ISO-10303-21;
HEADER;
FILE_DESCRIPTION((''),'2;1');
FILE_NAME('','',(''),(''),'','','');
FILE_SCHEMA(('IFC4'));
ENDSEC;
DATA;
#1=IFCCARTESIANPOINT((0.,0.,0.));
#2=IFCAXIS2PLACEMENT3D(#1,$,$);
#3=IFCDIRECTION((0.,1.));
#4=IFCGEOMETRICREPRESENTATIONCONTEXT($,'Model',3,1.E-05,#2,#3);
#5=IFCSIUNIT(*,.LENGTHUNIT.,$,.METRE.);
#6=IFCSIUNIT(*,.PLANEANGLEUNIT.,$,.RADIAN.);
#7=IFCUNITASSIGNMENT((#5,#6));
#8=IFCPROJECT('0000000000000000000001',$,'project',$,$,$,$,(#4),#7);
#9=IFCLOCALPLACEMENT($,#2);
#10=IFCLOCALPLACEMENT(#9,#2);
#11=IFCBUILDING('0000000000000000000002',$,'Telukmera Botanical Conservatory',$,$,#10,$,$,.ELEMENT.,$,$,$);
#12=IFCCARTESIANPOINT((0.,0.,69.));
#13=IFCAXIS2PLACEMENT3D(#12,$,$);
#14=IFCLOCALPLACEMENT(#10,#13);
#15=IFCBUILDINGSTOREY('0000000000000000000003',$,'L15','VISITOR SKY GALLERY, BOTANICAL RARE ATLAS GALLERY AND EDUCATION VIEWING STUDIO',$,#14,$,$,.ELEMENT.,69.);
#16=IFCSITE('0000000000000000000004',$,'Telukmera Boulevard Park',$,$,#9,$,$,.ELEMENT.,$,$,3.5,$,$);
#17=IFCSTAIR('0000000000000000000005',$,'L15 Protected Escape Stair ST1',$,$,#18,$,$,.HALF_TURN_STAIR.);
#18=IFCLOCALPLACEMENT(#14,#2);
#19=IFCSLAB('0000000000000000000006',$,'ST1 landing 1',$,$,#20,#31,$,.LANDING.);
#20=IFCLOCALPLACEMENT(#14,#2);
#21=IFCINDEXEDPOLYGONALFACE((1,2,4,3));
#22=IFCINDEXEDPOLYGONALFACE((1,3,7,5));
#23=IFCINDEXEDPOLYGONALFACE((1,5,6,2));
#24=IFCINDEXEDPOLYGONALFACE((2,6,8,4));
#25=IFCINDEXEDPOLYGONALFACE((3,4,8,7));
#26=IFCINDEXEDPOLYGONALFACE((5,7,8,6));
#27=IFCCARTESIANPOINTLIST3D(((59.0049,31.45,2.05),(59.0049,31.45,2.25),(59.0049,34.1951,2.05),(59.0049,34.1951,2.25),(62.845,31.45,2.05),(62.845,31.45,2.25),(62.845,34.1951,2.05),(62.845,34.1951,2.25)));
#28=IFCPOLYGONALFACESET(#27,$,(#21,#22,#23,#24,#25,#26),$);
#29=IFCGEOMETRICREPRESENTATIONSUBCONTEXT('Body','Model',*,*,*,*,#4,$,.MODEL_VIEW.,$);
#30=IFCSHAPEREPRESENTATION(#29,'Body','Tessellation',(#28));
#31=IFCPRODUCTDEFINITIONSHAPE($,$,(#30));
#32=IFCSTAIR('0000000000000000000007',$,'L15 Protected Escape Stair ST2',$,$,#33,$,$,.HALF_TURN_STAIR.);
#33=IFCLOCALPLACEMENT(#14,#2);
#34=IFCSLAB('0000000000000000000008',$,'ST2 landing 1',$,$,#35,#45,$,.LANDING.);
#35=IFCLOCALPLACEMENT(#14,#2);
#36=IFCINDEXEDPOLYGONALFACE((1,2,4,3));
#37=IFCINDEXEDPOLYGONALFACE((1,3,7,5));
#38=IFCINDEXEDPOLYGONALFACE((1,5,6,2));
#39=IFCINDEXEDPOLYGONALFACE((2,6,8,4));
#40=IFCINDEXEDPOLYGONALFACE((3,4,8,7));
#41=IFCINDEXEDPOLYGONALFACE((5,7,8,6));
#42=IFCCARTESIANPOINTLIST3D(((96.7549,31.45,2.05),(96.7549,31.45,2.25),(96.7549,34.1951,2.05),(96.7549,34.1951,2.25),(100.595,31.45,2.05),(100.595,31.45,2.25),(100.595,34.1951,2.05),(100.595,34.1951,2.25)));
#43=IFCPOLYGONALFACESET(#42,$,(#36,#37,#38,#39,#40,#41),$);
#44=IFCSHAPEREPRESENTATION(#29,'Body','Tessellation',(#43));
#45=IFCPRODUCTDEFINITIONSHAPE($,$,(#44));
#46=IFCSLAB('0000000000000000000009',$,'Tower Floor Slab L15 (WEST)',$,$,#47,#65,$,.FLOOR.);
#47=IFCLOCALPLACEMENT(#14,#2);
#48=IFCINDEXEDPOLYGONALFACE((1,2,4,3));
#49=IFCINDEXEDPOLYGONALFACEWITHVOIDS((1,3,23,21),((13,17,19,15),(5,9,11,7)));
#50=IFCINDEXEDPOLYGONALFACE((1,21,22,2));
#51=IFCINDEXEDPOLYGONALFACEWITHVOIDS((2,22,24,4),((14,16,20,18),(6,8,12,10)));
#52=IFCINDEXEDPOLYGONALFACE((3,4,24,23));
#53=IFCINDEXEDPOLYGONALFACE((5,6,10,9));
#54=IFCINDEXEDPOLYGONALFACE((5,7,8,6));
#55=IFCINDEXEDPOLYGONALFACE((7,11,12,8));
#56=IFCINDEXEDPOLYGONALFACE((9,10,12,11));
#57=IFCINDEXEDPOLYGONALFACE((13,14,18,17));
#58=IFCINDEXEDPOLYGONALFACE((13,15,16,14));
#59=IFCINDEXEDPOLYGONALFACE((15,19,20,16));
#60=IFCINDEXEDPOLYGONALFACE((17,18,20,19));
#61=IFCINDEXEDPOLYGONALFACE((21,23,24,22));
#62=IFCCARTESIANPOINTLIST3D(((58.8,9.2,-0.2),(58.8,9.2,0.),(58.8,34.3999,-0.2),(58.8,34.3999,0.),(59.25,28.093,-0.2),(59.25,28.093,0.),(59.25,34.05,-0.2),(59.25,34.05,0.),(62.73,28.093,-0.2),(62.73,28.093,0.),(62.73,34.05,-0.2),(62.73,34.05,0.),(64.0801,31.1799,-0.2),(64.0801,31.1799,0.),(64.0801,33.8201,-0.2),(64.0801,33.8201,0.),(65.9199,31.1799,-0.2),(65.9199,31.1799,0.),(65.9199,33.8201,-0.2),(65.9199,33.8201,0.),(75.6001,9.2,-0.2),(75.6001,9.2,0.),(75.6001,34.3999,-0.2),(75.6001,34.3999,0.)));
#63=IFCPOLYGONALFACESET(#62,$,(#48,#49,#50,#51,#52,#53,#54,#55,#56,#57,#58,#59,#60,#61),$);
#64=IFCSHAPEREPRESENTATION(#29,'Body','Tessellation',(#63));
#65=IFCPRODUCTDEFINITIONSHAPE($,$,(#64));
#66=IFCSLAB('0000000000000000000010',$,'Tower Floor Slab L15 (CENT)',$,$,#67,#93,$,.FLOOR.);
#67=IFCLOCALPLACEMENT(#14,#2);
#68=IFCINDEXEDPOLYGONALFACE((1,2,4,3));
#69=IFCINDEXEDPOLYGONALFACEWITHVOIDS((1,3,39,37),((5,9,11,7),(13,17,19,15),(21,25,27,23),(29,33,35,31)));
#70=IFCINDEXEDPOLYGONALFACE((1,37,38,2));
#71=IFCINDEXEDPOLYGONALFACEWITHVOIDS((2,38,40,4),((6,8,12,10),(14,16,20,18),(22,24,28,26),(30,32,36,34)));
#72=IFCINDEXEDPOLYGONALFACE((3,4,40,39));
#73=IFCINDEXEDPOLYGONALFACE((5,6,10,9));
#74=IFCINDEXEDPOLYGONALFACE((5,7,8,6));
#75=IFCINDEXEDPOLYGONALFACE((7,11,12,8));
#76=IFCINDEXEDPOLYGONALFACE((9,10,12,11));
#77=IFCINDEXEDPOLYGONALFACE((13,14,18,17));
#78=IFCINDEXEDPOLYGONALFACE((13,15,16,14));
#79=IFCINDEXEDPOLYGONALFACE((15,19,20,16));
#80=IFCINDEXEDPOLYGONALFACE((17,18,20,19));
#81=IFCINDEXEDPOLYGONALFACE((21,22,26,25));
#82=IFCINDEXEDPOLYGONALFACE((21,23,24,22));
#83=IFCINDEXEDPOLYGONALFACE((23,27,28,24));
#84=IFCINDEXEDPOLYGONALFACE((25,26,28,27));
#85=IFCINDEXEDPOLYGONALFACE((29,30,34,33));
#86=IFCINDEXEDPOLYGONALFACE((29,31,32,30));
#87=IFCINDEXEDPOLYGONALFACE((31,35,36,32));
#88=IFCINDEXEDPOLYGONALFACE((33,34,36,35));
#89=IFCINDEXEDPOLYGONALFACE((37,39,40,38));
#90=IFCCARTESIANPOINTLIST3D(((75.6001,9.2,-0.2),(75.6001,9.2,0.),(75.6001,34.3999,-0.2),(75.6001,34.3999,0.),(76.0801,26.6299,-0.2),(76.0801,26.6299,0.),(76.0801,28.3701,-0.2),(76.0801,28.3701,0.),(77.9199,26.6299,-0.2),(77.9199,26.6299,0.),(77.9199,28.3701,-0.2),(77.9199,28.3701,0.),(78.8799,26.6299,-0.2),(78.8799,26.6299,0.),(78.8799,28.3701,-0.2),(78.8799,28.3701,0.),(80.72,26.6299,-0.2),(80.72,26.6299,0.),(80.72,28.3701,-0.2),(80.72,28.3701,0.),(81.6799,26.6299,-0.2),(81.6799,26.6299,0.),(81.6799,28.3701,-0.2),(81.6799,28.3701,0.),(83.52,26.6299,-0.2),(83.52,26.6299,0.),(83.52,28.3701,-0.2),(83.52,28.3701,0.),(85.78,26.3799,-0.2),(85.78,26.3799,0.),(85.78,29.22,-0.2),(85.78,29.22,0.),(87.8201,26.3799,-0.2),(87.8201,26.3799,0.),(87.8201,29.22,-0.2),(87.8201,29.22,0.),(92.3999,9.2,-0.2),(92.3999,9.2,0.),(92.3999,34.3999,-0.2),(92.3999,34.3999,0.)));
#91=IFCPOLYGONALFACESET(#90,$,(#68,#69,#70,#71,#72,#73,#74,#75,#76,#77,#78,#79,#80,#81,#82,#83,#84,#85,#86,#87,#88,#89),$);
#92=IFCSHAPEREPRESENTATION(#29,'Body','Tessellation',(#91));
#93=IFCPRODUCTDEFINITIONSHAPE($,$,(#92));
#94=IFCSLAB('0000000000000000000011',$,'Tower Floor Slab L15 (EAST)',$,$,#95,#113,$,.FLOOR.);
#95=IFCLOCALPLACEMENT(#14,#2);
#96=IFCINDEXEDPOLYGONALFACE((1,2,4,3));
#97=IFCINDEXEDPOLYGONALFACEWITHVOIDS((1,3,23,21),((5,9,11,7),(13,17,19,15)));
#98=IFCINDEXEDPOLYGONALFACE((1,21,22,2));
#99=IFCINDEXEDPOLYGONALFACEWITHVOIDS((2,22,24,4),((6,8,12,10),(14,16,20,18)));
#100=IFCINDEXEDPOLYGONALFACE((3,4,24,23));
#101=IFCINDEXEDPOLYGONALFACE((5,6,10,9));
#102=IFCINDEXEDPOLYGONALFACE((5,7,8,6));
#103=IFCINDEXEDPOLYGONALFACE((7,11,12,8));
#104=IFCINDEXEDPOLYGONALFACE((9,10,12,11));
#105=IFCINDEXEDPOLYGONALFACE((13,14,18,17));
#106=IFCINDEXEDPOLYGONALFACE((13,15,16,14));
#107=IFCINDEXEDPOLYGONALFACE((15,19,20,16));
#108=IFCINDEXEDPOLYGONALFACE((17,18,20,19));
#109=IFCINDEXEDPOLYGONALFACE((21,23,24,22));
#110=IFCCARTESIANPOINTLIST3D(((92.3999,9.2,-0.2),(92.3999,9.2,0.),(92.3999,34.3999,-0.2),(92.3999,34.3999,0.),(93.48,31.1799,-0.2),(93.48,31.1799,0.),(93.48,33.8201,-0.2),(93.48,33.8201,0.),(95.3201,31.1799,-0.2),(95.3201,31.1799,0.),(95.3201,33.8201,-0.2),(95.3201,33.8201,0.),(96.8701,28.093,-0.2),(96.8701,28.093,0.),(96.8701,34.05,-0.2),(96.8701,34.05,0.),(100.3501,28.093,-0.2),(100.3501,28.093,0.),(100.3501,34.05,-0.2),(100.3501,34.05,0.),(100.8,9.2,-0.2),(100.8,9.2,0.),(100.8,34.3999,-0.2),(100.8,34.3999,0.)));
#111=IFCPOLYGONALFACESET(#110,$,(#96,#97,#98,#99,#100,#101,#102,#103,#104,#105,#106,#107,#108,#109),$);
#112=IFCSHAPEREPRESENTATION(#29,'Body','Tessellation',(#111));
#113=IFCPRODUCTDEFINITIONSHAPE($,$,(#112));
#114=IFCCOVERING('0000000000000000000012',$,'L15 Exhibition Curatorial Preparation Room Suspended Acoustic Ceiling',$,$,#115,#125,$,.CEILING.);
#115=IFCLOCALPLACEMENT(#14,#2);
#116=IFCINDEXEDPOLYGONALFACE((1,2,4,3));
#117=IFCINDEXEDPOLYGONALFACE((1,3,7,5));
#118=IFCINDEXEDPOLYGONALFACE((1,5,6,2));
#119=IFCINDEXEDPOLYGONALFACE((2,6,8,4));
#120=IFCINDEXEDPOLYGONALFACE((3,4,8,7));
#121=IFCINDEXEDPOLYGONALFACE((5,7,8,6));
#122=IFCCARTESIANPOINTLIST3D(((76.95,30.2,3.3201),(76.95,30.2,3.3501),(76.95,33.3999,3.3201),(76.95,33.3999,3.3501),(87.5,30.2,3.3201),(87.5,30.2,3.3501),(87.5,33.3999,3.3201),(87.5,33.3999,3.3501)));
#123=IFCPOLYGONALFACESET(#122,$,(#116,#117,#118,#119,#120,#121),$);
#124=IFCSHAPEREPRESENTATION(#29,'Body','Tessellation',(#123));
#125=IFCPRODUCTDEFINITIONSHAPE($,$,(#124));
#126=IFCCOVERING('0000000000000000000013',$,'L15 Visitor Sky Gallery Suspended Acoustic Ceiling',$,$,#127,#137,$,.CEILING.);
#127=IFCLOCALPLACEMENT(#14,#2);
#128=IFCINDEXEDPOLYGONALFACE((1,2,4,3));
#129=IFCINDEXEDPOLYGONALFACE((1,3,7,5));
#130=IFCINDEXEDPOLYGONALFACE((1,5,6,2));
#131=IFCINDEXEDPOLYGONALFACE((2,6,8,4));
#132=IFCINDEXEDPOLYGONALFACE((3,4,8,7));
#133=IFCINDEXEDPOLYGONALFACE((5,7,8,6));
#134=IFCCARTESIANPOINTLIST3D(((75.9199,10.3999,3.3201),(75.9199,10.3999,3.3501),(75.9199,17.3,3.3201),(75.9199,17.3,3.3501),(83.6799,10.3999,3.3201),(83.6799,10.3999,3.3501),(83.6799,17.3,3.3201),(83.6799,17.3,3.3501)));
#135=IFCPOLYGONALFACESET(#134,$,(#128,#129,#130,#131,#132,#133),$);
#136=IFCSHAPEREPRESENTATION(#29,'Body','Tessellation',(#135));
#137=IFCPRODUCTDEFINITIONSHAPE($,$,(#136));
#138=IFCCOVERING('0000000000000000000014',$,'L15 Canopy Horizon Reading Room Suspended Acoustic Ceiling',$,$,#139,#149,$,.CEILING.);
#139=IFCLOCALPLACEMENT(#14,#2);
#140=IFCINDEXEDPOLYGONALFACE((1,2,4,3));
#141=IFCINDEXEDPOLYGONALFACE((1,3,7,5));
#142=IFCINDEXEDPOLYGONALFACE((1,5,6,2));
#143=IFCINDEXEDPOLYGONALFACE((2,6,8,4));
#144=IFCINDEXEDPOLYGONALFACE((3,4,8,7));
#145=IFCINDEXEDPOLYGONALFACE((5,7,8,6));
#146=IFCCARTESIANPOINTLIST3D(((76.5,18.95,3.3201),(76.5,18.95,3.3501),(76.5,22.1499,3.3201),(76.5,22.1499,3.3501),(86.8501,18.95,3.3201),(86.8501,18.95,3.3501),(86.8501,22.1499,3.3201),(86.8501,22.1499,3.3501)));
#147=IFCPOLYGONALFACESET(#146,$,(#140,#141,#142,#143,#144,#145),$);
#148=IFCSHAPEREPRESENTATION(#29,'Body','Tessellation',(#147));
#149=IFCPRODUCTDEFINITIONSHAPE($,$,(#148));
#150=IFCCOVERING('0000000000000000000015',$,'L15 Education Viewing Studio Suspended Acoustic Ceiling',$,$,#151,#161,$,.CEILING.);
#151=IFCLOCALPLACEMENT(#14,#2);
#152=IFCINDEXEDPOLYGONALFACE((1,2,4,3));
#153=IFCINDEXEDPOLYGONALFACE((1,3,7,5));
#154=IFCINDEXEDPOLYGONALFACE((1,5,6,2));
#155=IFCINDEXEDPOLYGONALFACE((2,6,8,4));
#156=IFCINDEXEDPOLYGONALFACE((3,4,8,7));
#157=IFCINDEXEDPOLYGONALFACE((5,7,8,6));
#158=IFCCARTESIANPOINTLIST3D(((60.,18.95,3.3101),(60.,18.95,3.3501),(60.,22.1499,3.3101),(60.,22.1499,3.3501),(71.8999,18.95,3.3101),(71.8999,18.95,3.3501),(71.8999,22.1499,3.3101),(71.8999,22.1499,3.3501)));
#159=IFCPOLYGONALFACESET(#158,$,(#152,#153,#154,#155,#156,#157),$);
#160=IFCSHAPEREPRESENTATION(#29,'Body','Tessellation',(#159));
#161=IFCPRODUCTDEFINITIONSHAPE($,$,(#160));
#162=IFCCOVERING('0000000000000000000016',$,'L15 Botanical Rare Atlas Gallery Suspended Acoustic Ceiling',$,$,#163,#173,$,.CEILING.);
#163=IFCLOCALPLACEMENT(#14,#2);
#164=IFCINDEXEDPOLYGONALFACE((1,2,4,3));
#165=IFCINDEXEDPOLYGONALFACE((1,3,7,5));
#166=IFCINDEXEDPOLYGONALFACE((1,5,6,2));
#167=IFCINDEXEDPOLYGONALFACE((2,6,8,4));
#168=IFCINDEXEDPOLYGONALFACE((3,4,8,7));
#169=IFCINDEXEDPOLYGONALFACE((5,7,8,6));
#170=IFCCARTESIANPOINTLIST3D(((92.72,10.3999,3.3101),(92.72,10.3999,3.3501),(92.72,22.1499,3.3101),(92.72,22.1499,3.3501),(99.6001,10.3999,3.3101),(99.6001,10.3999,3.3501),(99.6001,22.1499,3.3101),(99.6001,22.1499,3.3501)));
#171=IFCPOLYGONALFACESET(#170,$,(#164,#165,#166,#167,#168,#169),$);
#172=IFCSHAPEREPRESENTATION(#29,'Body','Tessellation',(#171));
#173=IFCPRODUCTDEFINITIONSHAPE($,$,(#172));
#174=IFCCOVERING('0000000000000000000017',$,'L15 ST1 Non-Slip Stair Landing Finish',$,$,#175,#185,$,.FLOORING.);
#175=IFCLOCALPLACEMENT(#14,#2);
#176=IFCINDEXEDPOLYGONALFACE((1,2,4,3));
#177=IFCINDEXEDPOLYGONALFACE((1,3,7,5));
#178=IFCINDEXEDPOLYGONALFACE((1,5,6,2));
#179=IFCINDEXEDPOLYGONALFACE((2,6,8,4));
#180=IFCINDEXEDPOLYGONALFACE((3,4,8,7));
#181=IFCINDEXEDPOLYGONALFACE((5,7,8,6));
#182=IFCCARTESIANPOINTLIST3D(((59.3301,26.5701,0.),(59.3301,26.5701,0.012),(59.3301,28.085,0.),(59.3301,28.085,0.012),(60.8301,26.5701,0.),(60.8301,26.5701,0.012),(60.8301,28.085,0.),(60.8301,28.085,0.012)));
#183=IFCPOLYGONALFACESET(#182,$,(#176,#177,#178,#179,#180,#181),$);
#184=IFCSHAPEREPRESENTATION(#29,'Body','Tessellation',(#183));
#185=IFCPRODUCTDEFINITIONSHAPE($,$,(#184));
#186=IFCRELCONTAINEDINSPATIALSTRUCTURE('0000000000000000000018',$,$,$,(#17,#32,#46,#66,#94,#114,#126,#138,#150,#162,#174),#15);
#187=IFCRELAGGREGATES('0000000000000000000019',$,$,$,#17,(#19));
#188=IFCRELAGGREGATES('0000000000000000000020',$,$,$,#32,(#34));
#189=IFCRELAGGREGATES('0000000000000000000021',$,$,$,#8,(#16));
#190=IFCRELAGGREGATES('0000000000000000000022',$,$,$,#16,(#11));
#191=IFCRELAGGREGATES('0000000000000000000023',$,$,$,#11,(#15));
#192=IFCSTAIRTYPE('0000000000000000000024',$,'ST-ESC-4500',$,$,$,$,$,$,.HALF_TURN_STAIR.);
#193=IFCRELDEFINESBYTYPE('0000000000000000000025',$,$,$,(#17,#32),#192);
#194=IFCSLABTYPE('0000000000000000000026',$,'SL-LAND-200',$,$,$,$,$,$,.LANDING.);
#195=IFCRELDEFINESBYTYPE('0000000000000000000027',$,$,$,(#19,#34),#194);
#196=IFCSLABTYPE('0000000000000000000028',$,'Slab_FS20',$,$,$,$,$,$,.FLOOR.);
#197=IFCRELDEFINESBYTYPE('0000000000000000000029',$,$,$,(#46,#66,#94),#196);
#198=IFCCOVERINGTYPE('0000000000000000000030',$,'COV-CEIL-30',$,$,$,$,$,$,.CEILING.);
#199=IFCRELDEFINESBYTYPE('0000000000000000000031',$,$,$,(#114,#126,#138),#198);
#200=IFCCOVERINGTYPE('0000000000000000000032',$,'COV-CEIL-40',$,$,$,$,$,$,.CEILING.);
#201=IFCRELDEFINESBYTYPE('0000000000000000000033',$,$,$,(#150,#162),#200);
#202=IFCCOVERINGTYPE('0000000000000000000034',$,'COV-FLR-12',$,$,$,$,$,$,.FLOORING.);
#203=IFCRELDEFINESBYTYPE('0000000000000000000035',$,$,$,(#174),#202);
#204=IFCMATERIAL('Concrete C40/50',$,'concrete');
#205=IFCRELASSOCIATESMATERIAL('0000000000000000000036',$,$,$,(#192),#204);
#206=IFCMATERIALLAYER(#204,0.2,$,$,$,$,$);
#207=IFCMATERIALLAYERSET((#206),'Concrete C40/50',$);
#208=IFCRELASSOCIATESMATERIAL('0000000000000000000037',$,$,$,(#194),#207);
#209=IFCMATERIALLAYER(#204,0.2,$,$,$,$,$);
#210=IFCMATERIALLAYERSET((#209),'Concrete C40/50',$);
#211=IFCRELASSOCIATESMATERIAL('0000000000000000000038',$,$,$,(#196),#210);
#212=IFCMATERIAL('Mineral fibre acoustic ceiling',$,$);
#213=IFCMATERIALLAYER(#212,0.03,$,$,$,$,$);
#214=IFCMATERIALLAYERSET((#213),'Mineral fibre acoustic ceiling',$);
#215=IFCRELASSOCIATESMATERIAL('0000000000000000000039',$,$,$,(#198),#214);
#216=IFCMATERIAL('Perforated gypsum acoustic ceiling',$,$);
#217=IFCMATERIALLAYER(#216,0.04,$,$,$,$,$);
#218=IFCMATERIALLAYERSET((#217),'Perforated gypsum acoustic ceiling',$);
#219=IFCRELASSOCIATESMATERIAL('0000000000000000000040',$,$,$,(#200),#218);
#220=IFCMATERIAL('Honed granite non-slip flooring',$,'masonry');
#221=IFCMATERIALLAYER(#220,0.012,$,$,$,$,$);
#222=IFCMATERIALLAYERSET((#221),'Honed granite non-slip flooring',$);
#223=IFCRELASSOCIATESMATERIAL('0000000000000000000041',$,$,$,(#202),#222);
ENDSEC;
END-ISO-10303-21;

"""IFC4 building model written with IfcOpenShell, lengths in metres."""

from ifc_helpers import new_model, si_unit, direction, frame, origin, place, context, subcontext, project, spatial, polyline, outline, extrude, material, layer, layer_set, type_object, element, aggregate, save


model = new_model("IFC4")

# Units and contexts
model_context = context("Model", 3, precision=1e-05, world=origin(), true_north=direction((0.0, 1.0)))
body_context = subcontext(model_context, "Body", "Model", "MODEL_VIEW")
ifc_project = project(units=[si_unit("LENGTHUNIT", "METRE"), si_unit("PLANEANGLEUNIT", "RADIAN")], contexts=[model_context])

# Site, building, storey
site_placement = place(None, origin())
site = spatial("IfcSite", under=ifc_project, at=site_placement, Name="Telukmera Boulevard Park", CompositionType="ELEMENT", RefElevation=3.5)
building_placement = place(site_placement, origin())
building = spatial("IfcBuilding", under=site, at=building_placement, Name="Telukmera Botanical Conservatory", CompositionType="ELEMENT")
storey_placement = place(building_placement, frame((0.0, 0.0, 69.0)))
storey = spatial("IfcBuildingStorey", under=building, at=storey_placement, Name="L15", Description="VISITOR SKY GALLERY, BOTANICAL RARE ATLAS GALLERY AND EDUCATION VIEWING STUDIO", CompositionType="ELEMENT", Elevation=69.0)

# Stairs, slabs
ifc_material_1 = material(Name="Concrete C40/50", Category="concrete")
stair_type = type_object("IfcStairType", Name="ST-ESC-4500", PredefinedType="HALF_TURN_STAIR", material=ifc_material_1)
stair_1_placement = place(storey_placement, origin())
stair_1 = element("IfcStair", 1, at=stair_1_placement, inside=storey, type_object=stair_type, Name="L15 Protected Escape Stair ST1", PredefinedType="HALF_TURN_STAIR")
ifc_layer_1 = layer(ifc_material_1, 0.2)
ifc_layer_set_1 = layer_set([ifc_layer_1], Name="Concrete C40/50")
slab_type_1 = type_object("IfcSlabType", Name="SL-LAND-200", PredefinedType="LANDING", material=ifc_layer_set_1)
slab_1_placement = place(storey_placement, frame((0.0, 0.0, 2.05)))
slab_1 = element("IfcSlab", 2, at=slab_1_placement, type_object=slab_type_1, Name="ST1 landing 1", PredefinedType="LANDING", context=body_context, shape_type="SweptSolid", body=[
    extrude(outline(polyline([(59.0049, 31.45), (62.845, 31.45), (62.845, 34.1951), (59.0049, 34.1951), (59.0049, 31.45)])), origin(), (0.0, 0.0, 1.0), 0.2),
])
aggregate(stair_1, [slab_1])
stair_2_placement = place(storey_placement, origin())
stair_2 = element("IfcStair", 3, at=stair_2_placement, inside=storey, type_object=stair_type, Name="L15 Protected Escape Stair ST2", PredefinedType="HALF_TURN_STAIR")
slab_2_placement = place(storey_placement, frame((0.0, 0.0, 2.05)))
slab_2 = element("IfcSlab", 4, at=slab_2_placement, type_object=slab_type_1, Name="ST2 landing 1", PredefinedType="LANDING", context=body_context, shape_type="SweptSolid", body=[
    extrude(outline(polyline([(96.7549, 31.45), (100.595, 31.45), (100.595, 34.1951), (96.7549, 34.1951), (96.7549, 31.45)])), origin(), (0.0, 0.0, 1.0), 0.2),
])
aggregate(stair_2, [slab_2])

# Slabs
ifc_layer_2 = layer(ifc_material_1, 0.2)
ifc_layer_set_2 = layer_set([ifc_layer_2], Name="Concrete C40/50")
slab_type_2 = type_object("IfcSlabType", Name="Slab_FS20", PredefinedType="FLOOR", material=ifc_layer_set_2)
slab_3_placement = place(storey_placement, frame((0.0, 0.0, -0.2)))
element("IfcSlab", 5, at=slab_3_placement, inside=storey, type_object=slab_type_2, Name="Tower Floor Slab L15 (WEST)", PredefinedType="FLOOR", context=body_context, shape_type="SweptSolid", body=[
    extrude(outline(polyline([(58.8, 9.2), (75.6001, 9.2), (75.6001, 34.3999), (58.8, 34.3999), (58.8, 9.2)]), holes=[polyline([(62.73, 28.093), (62.73, 34.05), (59.25, 34.05), (59.25, 28.093), (62.73, 28.093)]), polyline([(64.0801, 31.1799), (65.9199, 31.1799), (65.9199, 33.8201), (64.0801, 33.8201), (64.0801, 31.1799)])]), origin(), (0.0, 0.0, 1.0), 0.2),
])
slab_4_placement = place(storey_placement, frame((0.0, 0.0, -0.2)))
element("IfcSlab", 6, at=slab_4_placement, inside=storey, type_object=slab_type_2, Name="Tower Floor Slab L15 (CENT)", PredefinedType="FLOOR", context=body_context, shape_type="SweptSolid", body=[
    extrude(outline(polyline([(75.6001, 9.2), (92.3999, 9.2), (92.3999, 34.3999), (75.6001, 34.3999), (75.6001, 9.2)]), holes=[polyline([(85.78, 26.3799), (87.8201, 26.3799), (87.8201, 29.22), (85.78, 29.22), (85.78, 26.3799)]), polyline([(76.0801, 26.6299), (77.9199, 26.6299), (77.9199, 28.3701), (76.0801, 28.3701), (76.0801, 26.6299)]), polyline([(78.8799, 26.6299), (80.72, 26.6299), (80.72, 28.3701), (78.8799, 28.3701), (78.8799, 26.6299)]), polyline([(81.6799, 26.6299), (83.52, 26.6299), (83.52, 28.3701), (81.6799, 28.3701), (81.6799, 26.6299)])]), origin(), (0.0, 0.0, 1.0), 0.2),
])
slab_5_placement = place(storey_placement, frame((0.0, 0.0, -0.2)))
element("IfcSlab", 7, at=slab_5_placement, inside=storey, type_object=slab_type_2, Name="Tower Floor Slab L15 (EAST)", PredefinedType="FLOOR", context=body_context, shape_type="SweptSolid", body=[
    extrude(outline(polyline([(92.3999, 9.2), (100.8, 9.2), (100.8, 34.3999), (92.3999, 34.3999), (92.3999, 9.2)]), holes=[polyline([(100.3501, 28.093), (100.3501, 34.05), (96.8701, 34.05), (96.8701, 28.093), (100.3501, 28.093)]), polyline([(93.48, 31.1799), (95.3201, 31.1799), (95.3201, 33.8201), (93.48, 33.8201), (93.48, 31.1799)])]), origin(), (0.0, 0.0, 1.0), 0.2),
])

# Coverings
ifc_material_2 = material(Name="Mineral fibre acoustic ceiling")
ifc_layer_3 = layer(ifc_material_2, 0.03)
ifc_layer_set_3 = layer_set([ifc_layer_3], Name="Mineral fibre acoustic ceiling")
covering_type_1 = type_object("IfcCoveringType", Name="COV-CEIL-30", PredefinedType="CEILING", material=ifc_layer_set_3)
covering_1_placement = place(storey_placement, frame((0.0, 0.0, 3.3201)))
element("IfcCovering", 8, at=covering_1_placement, inside=storey, type_object=covering_type_1, Name="L15 Exhibition Curatorial Preparation Room Suspended Acoustic Ceiling", PredefinedType="CEILING", context=body_context, shape_type="SweptSolid", body=[
    extrude(outline(polyline([(76.95, 30.2), (87.5, 30.2), (87.5, 33.3999), (76.95, 33.3999), (76.95, 30.2)])), origin(), (0.0, 0.0, 1.0), 0.03),
])
covering_2_placement = place(storey_placement, frame((0.0, 0.0, 3.3201)))
element("IfcCovering", 9, at=covering_2_placement, inside=storey, type_object=covering_type_1, Name="L15 Visitor Sky Gallery Suspended Acoustic Ceiling", PredefinedType="CEILING", context=body_context, shape_type="SweptSolid", body=[
    extrude(outline(polyline([(75.9199, 10.3999), (83.6799, 10.3999), (83.6799, 17.3), (75.9199, 17.3), (75.9199, 10.3999)])), origin(), (0.0, 0.0, 1.0), 0.03),
])
covering_3_placement = place(storey_placement, frame((0.0, 0.0, 3.3201)))
element("IfcCovering", 10, at=covering_3_placement, inside=storey, type_object=covering_type_1, Name="L15 Canopy Horizon Reading Room Suspended Acoustic Ceiling", PredefinedType="CEILING", context=body_context, shape_type="SweptSolid", body=[
    extrude(outline(polyline([(76.5, 18.95), (86.8501, 18.95), (86.8501, 22.1499), (76.5, 22.1499), (76.5, 18.95)])), origin(), (0.0, 0.0, 1.0), 0.03),
])
ifc_material_3 = material(Name="Perforated gypsum acoustic ceiling")
ifc_layer_4 = layer(ifc_material_3, 0.04)
ifc_layer_set_4 = layer_set([ifc_layer_4], Name="Perforated gypsum acoustic ceiling")
covering_type_2 = type_object("IfcCoveringType", Name="COV-CEIL-40", PredefinedType="CEILING", material=ifc_layer_set_4)
covering_4_placement = place(storey_placement, frame((0.0, 0.0, 3.3101)))
element("IfcCovering", 11, at=covering_4_placement, inside=storey, type_object=covering_type_2, Name="L15 Education Viewing Studio Suspended Acoustic Ceiling", PredefinedType="CEILING", context=body_context, shape_type="SweptSolid", body=[
    extrude(outline(polyline([(60.0, 18.95), (71.8999, 18.95), (71.8999, 22.1499), (60.0, 22.1499), (60.0, 18.95)])), origin(), (0.0, 0.0, 1.0), 0.04),
])
covering_5_placement = place(storey_placement, frame((0.0, 0.0, 3.3101)))
element("IfcCovering", 12, at=covering_5_placement, inside=storey, type_object=covering_type_2, Name="L15 Botanical Rare Atlas Gallery Suspended Acoustic Ceiling", PredefinedType="CEILING", context=body_context, shape_type="SweptSolid", body=[
    extrude(outline(polyline([(92.72, 10.3999), (99.6001, 10.3999), (99.6001, 22.1499), (92.72, 22.1499), (92.72, 10.3999)])), origin(), (0.0, 0.0, 1.0), 0.04),
])
ifc_material_4 = material(Name="Honed granite non-slip flooring", Category="masonry")
ifc_layer_5 = layer(ifc_material_4, 0.012)
ifc_layer_set_5 = layer_set([ifc_layer_5], Name="Honed granite non-slip flooring")
covering_type_3 = type_object("IfcCoveringType", Name="COV-FLR-12", PredefinedType="FLOORING", material=ifc_layer_set_5)
covering_6_placement = place(storey_placement, origin())
element("IfcCovering", 13, at=covering_6_placement, inside=storey, type_object=covering_type_3, Name="L15 ST1 Non-Slip Stair Landing Finish", PredefinedType="FLOORING", context=body_context, shape_type="SweptSolid", body=[
    extrude(outline(polyline([(60.8301, 26.5701), (60.8301, 28.085), (59.3301, 28.085), (59.3301, 26.5701), (60.8301, 26.5701)])), origin(), (0.0, 0.0, 1.0), 0.012),
])

save(model, "model.ifc")
